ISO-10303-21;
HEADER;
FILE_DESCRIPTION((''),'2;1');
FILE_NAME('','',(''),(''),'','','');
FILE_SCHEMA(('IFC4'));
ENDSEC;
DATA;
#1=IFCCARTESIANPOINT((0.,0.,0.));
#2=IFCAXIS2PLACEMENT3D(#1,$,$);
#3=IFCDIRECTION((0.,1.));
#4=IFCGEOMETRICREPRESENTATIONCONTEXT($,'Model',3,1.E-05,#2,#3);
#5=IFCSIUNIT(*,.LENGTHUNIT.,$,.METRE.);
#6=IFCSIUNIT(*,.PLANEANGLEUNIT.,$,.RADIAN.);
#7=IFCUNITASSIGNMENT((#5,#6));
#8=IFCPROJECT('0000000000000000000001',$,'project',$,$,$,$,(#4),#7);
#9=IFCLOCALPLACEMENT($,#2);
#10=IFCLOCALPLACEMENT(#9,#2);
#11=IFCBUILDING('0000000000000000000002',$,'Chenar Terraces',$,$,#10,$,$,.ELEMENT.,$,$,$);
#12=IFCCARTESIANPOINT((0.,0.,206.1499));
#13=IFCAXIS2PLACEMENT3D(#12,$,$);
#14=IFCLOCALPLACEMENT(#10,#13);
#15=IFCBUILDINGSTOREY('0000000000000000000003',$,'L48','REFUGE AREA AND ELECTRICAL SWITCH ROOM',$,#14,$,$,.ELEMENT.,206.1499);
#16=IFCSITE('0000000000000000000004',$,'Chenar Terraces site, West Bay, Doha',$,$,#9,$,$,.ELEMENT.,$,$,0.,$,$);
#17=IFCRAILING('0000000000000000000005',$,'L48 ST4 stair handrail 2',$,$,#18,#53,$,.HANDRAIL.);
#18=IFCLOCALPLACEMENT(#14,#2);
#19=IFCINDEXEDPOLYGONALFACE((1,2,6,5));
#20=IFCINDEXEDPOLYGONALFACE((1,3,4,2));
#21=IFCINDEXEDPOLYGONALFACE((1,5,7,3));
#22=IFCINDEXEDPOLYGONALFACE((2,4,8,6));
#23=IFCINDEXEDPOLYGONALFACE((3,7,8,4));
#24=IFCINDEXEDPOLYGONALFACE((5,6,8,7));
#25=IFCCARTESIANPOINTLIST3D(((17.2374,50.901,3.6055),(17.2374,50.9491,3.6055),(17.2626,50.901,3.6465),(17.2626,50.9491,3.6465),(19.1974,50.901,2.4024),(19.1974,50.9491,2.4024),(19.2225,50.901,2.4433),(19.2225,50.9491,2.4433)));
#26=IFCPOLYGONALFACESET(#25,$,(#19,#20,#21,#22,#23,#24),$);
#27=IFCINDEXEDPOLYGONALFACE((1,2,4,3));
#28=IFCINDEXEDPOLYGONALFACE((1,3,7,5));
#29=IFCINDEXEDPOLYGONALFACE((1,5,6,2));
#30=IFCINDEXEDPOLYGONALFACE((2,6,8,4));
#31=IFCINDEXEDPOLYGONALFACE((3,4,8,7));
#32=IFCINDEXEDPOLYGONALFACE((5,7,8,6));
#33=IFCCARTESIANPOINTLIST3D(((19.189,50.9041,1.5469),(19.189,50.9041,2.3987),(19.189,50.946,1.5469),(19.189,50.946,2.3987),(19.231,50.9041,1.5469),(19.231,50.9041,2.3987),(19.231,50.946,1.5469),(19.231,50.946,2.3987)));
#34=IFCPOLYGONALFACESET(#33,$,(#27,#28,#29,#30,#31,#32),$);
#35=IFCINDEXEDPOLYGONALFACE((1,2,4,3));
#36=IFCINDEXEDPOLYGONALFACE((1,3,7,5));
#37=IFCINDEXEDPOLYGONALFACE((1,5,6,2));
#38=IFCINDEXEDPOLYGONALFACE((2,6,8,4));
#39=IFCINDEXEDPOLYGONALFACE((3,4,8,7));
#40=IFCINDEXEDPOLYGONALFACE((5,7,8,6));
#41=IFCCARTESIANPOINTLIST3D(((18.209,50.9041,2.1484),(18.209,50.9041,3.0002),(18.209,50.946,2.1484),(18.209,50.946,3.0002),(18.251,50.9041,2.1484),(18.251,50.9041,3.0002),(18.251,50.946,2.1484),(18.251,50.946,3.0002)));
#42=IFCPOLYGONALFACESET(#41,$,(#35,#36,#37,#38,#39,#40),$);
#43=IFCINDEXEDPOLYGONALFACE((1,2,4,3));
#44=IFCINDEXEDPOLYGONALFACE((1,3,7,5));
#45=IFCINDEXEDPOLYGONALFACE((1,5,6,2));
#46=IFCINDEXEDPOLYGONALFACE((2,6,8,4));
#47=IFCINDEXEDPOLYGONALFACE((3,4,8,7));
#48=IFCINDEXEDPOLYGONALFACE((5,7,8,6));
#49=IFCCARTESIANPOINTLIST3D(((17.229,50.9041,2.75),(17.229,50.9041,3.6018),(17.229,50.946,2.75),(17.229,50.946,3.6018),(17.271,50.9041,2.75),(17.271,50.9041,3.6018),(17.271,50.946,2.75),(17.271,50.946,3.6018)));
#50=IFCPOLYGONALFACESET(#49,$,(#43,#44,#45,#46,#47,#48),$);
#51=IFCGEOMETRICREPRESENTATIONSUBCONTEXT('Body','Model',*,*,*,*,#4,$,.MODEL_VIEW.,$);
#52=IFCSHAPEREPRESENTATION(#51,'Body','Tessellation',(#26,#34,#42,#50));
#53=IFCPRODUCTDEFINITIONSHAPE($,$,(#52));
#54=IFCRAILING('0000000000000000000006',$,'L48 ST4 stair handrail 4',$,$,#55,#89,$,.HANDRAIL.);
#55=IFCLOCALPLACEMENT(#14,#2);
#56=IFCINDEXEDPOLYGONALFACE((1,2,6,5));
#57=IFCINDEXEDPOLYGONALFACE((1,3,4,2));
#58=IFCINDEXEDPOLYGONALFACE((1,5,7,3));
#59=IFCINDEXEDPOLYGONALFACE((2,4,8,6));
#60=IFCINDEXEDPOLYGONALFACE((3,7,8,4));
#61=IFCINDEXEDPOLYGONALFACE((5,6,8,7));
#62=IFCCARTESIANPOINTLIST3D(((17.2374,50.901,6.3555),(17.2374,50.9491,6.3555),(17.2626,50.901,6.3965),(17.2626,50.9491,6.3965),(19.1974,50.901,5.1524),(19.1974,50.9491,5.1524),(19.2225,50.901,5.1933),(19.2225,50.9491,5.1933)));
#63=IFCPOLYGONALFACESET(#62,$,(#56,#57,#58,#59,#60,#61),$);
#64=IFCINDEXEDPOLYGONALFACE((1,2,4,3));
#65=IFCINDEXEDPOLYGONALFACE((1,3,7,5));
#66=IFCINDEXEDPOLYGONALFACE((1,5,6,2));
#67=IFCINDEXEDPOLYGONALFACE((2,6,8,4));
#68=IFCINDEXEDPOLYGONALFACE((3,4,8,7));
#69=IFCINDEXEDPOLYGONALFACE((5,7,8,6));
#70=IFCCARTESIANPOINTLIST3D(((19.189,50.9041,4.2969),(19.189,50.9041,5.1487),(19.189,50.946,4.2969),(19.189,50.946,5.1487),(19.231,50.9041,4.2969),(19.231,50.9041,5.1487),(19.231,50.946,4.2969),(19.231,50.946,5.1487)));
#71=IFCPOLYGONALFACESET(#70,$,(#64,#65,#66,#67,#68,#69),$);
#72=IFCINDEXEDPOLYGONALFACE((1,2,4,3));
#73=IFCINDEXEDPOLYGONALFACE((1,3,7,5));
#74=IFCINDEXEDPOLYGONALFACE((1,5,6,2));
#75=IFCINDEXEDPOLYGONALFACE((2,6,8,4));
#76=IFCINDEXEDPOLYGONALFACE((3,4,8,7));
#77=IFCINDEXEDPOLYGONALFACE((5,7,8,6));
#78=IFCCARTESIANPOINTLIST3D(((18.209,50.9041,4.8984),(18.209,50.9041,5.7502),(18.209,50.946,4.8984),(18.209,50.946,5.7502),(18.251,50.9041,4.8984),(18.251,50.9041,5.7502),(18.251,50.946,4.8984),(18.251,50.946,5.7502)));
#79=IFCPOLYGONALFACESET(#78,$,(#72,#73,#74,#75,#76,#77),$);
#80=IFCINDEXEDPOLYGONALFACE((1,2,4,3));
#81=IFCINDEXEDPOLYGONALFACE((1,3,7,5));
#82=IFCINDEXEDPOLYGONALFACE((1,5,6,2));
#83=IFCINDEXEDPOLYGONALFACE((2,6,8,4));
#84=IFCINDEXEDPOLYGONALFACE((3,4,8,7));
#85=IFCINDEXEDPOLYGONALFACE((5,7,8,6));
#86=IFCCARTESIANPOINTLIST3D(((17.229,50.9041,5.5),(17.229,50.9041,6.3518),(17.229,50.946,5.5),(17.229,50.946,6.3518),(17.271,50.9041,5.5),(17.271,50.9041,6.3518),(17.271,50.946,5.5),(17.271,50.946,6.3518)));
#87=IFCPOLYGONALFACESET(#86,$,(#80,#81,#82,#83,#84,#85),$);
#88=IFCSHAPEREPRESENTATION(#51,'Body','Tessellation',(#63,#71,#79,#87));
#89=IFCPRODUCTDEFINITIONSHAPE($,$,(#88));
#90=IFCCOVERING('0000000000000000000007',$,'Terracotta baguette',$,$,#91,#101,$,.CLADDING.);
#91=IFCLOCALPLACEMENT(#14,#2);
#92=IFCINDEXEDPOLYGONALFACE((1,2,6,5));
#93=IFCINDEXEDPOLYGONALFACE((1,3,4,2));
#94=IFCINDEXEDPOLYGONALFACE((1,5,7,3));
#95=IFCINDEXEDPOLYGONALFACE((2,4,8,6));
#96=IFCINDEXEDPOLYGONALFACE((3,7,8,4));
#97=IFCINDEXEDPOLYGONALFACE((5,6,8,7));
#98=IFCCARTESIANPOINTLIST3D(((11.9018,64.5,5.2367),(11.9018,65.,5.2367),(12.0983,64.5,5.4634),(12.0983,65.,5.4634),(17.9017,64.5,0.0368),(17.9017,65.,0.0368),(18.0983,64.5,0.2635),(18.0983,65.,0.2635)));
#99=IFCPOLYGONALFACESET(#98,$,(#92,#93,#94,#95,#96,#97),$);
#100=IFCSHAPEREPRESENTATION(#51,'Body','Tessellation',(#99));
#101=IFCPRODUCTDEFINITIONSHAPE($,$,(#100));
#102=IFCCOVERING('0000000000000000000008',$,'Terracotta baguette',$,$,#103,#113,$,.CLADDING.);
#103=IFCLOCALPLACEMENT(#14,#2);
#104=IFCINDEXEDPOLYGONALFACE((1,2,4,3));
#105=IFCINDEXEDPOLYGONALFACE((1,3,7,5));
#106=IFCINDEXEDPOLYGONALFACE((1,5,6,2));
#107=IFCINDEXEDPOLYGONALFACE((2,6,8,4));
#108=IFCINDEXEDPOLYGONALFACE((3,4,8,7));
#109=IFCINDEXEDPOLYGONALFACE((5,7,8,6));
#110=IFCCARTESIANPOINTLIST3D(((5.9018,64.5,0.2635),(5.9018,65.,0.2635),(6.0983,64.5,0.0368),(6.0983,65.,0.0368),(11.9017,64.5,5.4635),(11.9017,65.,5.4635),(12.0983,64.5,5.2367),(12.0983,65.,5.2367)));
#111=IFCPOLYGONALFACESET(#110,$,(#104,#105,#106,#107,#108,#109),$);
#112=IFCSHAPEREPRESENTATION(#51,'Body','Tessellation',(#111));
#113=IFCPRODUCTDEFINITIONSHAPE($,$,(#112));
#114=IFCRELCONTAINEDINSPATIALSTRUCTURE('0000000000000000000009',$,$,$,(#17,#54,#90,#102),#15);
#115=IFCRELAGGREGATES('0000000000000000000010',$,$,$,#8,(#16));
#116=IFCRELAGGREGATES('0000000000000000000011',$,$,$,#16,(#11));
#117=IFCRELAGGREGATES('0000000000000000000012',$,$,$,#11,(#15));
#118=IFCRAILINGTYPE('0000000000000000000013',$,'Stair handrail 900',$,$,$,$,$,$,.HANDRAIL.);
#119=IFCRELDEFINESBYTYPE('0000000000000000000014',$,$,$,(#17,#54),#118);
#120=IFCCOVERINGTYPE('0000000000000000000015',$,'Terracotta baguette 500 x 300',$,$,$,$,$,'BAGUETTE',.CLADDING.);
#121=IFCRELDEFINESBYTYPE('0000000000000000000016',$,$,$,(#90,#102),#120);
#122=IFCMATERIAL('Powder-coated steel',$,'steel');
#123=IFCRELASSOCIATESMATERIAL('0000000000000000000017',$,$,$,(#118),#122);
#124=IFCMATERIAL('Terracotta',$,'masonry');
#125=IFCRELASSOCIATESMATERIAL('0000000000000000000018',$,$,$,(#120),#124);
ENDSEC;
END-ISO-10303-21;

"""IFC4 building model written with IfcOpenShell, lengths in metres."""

from ifc_helpers import new_model, si_unit, direction, frame, origin, origin_2d, place, context, subcontext, project, spatial, rectangle, extrude, material, material_profile, profile_set, type_object, element, save


model = new_model("IFC4")

# Units and contexts
model_context = context("Model", 3, precision=1e-05, world=origin(), true_north=direction((0.0, 1.0)))
body_context = subcontext(model_context, "Body", "Model", "MODEL_VIEW")
ifc_project = project(units=[si_unit("LENGTHUNIT", "METRE"), si_unit("PLANEANGLEUNIT", "RADIAN")], contexts=[model_context])

# Site, building, storey
site_placement = place(None, origin())
site = spatial("IfcSite", under=ifc_project, at=site_placement, Name="Chenar Terraces site, West Bay, Doha", CompositionType="ELEMENT", RefElevation=0.0)
building_placement = place(site_placement, origin())
building = spatial("IfcBuilding", under=site, at=building_placement, Name="Chenar Terraces", CompositionType="ELEMENT")
storey_placement = place(building_placement, frame((0.0, 0.0, 206.1499)))
storey = spatial("IfcBuildingStorey", under=building, at=storey_placement, Name="L48", Description="REFUGE AREA AND ELECTRICAL SWITCH ROOM", CompositionType="ELEMENT", Elevation=206.1499)

# Railings
ifc_material_1 = material(Name="Powder-coated steel", Category="steel")
railing_type_1 = type_object("IfcRailingType", Name="Stair handrail 900", PredefinedType="HANDRAIL", material=ifc_material_1)
for number, where, name in (
    (1, (19.21, 50.925, 1.5469), "L48 ST4 stair handrail 2"),
    (2, (19.21, 50.925, 4.2969), "L48 ST4 stair handrail 4"),
):
    element("IfcRailing", number, at=place(storey_placement, frame(where)), inside=storey, type_object=railing_type_1, Name=name, PredefinedType="HANDRAIL", context=body_context, shape_type="SweptSolid", body=[
        extrude(rectangle(XDim=0.0481, YDim=0.0481, at=origin_2d()), frame((0.0, 0.0, 0.876), z_axis=(-0.852241, 0.0, 0.523149), x_axis=(0.0, -1.0, 0.0)), (0.0, 0.0, 1.0), 2.2998),
        extrude(rectangle(XDim=0.042, YDim=0.042, at=origin_2d()), origin(), (0.0, 0.0, 1.0), 0.8518),
        extrude(rectangle(XDim=0.042, YDim=0.042, at=origin_2d()), frame((-0.98, 0.0, 0.6016)), (0.0, 0.0, 1.0), 0.8518),
        extrude(rectangle(XDim=0.042, YDim=0.042, at=origin_2d()), frame((-1.96, 0.0, 1.2031)), (0.0, 0.0, 1.0), 0.8518),
    ])

# Coverings
ifc_material_2 = material(Name="Terracotta", Category="masonry")
ifc_material_profile_1 = material_profile(ifc_material_2, rectangle(XDim=0.5, YDim=0.3, at=origin_2d()), Name="Terracotta baguette 500 x 300")
ifc_profile_set_1 = profile_set([ifc_material_profile_1], Name="Terracotta")
covering_type = type_object("IfcCoveringType", Name="Terracotta baguette 500 x 300", ElementType="BAGUETTE", PredefinedType="CLADDING", material=ifc_profile_set_1)
for number, where, z_axis, x_axis, name in (
    (3, (18.0, 64.75, 0.1501), (-0.755692, 0.0, 0.654927), (0.0, -1.0, 0.0), "Terracotta baguette"),
    (4, (12.0, 64.75, 5.3501), (-0.755692, 0.0, -0.654927), (0.0, -1.0, 0.0), "Terracotta baguette"),
):
    element("IfcCovering", number, at=place(storey_placement, frame(where, z_axis=z_axis, x_axis=x_axis)), inside=storey, type_object=covering_type, Name=name, PredefinedType="CLADDING", context=body_context, shape_type="SweptSolid", body=[
        extrude(rectangle(XDim=0.5, YDim=0.3, at=origin_2d()), origin(), (0.0, 0.0, 1.0), 7.9397),
    ])

save(model, "model.ifc")
